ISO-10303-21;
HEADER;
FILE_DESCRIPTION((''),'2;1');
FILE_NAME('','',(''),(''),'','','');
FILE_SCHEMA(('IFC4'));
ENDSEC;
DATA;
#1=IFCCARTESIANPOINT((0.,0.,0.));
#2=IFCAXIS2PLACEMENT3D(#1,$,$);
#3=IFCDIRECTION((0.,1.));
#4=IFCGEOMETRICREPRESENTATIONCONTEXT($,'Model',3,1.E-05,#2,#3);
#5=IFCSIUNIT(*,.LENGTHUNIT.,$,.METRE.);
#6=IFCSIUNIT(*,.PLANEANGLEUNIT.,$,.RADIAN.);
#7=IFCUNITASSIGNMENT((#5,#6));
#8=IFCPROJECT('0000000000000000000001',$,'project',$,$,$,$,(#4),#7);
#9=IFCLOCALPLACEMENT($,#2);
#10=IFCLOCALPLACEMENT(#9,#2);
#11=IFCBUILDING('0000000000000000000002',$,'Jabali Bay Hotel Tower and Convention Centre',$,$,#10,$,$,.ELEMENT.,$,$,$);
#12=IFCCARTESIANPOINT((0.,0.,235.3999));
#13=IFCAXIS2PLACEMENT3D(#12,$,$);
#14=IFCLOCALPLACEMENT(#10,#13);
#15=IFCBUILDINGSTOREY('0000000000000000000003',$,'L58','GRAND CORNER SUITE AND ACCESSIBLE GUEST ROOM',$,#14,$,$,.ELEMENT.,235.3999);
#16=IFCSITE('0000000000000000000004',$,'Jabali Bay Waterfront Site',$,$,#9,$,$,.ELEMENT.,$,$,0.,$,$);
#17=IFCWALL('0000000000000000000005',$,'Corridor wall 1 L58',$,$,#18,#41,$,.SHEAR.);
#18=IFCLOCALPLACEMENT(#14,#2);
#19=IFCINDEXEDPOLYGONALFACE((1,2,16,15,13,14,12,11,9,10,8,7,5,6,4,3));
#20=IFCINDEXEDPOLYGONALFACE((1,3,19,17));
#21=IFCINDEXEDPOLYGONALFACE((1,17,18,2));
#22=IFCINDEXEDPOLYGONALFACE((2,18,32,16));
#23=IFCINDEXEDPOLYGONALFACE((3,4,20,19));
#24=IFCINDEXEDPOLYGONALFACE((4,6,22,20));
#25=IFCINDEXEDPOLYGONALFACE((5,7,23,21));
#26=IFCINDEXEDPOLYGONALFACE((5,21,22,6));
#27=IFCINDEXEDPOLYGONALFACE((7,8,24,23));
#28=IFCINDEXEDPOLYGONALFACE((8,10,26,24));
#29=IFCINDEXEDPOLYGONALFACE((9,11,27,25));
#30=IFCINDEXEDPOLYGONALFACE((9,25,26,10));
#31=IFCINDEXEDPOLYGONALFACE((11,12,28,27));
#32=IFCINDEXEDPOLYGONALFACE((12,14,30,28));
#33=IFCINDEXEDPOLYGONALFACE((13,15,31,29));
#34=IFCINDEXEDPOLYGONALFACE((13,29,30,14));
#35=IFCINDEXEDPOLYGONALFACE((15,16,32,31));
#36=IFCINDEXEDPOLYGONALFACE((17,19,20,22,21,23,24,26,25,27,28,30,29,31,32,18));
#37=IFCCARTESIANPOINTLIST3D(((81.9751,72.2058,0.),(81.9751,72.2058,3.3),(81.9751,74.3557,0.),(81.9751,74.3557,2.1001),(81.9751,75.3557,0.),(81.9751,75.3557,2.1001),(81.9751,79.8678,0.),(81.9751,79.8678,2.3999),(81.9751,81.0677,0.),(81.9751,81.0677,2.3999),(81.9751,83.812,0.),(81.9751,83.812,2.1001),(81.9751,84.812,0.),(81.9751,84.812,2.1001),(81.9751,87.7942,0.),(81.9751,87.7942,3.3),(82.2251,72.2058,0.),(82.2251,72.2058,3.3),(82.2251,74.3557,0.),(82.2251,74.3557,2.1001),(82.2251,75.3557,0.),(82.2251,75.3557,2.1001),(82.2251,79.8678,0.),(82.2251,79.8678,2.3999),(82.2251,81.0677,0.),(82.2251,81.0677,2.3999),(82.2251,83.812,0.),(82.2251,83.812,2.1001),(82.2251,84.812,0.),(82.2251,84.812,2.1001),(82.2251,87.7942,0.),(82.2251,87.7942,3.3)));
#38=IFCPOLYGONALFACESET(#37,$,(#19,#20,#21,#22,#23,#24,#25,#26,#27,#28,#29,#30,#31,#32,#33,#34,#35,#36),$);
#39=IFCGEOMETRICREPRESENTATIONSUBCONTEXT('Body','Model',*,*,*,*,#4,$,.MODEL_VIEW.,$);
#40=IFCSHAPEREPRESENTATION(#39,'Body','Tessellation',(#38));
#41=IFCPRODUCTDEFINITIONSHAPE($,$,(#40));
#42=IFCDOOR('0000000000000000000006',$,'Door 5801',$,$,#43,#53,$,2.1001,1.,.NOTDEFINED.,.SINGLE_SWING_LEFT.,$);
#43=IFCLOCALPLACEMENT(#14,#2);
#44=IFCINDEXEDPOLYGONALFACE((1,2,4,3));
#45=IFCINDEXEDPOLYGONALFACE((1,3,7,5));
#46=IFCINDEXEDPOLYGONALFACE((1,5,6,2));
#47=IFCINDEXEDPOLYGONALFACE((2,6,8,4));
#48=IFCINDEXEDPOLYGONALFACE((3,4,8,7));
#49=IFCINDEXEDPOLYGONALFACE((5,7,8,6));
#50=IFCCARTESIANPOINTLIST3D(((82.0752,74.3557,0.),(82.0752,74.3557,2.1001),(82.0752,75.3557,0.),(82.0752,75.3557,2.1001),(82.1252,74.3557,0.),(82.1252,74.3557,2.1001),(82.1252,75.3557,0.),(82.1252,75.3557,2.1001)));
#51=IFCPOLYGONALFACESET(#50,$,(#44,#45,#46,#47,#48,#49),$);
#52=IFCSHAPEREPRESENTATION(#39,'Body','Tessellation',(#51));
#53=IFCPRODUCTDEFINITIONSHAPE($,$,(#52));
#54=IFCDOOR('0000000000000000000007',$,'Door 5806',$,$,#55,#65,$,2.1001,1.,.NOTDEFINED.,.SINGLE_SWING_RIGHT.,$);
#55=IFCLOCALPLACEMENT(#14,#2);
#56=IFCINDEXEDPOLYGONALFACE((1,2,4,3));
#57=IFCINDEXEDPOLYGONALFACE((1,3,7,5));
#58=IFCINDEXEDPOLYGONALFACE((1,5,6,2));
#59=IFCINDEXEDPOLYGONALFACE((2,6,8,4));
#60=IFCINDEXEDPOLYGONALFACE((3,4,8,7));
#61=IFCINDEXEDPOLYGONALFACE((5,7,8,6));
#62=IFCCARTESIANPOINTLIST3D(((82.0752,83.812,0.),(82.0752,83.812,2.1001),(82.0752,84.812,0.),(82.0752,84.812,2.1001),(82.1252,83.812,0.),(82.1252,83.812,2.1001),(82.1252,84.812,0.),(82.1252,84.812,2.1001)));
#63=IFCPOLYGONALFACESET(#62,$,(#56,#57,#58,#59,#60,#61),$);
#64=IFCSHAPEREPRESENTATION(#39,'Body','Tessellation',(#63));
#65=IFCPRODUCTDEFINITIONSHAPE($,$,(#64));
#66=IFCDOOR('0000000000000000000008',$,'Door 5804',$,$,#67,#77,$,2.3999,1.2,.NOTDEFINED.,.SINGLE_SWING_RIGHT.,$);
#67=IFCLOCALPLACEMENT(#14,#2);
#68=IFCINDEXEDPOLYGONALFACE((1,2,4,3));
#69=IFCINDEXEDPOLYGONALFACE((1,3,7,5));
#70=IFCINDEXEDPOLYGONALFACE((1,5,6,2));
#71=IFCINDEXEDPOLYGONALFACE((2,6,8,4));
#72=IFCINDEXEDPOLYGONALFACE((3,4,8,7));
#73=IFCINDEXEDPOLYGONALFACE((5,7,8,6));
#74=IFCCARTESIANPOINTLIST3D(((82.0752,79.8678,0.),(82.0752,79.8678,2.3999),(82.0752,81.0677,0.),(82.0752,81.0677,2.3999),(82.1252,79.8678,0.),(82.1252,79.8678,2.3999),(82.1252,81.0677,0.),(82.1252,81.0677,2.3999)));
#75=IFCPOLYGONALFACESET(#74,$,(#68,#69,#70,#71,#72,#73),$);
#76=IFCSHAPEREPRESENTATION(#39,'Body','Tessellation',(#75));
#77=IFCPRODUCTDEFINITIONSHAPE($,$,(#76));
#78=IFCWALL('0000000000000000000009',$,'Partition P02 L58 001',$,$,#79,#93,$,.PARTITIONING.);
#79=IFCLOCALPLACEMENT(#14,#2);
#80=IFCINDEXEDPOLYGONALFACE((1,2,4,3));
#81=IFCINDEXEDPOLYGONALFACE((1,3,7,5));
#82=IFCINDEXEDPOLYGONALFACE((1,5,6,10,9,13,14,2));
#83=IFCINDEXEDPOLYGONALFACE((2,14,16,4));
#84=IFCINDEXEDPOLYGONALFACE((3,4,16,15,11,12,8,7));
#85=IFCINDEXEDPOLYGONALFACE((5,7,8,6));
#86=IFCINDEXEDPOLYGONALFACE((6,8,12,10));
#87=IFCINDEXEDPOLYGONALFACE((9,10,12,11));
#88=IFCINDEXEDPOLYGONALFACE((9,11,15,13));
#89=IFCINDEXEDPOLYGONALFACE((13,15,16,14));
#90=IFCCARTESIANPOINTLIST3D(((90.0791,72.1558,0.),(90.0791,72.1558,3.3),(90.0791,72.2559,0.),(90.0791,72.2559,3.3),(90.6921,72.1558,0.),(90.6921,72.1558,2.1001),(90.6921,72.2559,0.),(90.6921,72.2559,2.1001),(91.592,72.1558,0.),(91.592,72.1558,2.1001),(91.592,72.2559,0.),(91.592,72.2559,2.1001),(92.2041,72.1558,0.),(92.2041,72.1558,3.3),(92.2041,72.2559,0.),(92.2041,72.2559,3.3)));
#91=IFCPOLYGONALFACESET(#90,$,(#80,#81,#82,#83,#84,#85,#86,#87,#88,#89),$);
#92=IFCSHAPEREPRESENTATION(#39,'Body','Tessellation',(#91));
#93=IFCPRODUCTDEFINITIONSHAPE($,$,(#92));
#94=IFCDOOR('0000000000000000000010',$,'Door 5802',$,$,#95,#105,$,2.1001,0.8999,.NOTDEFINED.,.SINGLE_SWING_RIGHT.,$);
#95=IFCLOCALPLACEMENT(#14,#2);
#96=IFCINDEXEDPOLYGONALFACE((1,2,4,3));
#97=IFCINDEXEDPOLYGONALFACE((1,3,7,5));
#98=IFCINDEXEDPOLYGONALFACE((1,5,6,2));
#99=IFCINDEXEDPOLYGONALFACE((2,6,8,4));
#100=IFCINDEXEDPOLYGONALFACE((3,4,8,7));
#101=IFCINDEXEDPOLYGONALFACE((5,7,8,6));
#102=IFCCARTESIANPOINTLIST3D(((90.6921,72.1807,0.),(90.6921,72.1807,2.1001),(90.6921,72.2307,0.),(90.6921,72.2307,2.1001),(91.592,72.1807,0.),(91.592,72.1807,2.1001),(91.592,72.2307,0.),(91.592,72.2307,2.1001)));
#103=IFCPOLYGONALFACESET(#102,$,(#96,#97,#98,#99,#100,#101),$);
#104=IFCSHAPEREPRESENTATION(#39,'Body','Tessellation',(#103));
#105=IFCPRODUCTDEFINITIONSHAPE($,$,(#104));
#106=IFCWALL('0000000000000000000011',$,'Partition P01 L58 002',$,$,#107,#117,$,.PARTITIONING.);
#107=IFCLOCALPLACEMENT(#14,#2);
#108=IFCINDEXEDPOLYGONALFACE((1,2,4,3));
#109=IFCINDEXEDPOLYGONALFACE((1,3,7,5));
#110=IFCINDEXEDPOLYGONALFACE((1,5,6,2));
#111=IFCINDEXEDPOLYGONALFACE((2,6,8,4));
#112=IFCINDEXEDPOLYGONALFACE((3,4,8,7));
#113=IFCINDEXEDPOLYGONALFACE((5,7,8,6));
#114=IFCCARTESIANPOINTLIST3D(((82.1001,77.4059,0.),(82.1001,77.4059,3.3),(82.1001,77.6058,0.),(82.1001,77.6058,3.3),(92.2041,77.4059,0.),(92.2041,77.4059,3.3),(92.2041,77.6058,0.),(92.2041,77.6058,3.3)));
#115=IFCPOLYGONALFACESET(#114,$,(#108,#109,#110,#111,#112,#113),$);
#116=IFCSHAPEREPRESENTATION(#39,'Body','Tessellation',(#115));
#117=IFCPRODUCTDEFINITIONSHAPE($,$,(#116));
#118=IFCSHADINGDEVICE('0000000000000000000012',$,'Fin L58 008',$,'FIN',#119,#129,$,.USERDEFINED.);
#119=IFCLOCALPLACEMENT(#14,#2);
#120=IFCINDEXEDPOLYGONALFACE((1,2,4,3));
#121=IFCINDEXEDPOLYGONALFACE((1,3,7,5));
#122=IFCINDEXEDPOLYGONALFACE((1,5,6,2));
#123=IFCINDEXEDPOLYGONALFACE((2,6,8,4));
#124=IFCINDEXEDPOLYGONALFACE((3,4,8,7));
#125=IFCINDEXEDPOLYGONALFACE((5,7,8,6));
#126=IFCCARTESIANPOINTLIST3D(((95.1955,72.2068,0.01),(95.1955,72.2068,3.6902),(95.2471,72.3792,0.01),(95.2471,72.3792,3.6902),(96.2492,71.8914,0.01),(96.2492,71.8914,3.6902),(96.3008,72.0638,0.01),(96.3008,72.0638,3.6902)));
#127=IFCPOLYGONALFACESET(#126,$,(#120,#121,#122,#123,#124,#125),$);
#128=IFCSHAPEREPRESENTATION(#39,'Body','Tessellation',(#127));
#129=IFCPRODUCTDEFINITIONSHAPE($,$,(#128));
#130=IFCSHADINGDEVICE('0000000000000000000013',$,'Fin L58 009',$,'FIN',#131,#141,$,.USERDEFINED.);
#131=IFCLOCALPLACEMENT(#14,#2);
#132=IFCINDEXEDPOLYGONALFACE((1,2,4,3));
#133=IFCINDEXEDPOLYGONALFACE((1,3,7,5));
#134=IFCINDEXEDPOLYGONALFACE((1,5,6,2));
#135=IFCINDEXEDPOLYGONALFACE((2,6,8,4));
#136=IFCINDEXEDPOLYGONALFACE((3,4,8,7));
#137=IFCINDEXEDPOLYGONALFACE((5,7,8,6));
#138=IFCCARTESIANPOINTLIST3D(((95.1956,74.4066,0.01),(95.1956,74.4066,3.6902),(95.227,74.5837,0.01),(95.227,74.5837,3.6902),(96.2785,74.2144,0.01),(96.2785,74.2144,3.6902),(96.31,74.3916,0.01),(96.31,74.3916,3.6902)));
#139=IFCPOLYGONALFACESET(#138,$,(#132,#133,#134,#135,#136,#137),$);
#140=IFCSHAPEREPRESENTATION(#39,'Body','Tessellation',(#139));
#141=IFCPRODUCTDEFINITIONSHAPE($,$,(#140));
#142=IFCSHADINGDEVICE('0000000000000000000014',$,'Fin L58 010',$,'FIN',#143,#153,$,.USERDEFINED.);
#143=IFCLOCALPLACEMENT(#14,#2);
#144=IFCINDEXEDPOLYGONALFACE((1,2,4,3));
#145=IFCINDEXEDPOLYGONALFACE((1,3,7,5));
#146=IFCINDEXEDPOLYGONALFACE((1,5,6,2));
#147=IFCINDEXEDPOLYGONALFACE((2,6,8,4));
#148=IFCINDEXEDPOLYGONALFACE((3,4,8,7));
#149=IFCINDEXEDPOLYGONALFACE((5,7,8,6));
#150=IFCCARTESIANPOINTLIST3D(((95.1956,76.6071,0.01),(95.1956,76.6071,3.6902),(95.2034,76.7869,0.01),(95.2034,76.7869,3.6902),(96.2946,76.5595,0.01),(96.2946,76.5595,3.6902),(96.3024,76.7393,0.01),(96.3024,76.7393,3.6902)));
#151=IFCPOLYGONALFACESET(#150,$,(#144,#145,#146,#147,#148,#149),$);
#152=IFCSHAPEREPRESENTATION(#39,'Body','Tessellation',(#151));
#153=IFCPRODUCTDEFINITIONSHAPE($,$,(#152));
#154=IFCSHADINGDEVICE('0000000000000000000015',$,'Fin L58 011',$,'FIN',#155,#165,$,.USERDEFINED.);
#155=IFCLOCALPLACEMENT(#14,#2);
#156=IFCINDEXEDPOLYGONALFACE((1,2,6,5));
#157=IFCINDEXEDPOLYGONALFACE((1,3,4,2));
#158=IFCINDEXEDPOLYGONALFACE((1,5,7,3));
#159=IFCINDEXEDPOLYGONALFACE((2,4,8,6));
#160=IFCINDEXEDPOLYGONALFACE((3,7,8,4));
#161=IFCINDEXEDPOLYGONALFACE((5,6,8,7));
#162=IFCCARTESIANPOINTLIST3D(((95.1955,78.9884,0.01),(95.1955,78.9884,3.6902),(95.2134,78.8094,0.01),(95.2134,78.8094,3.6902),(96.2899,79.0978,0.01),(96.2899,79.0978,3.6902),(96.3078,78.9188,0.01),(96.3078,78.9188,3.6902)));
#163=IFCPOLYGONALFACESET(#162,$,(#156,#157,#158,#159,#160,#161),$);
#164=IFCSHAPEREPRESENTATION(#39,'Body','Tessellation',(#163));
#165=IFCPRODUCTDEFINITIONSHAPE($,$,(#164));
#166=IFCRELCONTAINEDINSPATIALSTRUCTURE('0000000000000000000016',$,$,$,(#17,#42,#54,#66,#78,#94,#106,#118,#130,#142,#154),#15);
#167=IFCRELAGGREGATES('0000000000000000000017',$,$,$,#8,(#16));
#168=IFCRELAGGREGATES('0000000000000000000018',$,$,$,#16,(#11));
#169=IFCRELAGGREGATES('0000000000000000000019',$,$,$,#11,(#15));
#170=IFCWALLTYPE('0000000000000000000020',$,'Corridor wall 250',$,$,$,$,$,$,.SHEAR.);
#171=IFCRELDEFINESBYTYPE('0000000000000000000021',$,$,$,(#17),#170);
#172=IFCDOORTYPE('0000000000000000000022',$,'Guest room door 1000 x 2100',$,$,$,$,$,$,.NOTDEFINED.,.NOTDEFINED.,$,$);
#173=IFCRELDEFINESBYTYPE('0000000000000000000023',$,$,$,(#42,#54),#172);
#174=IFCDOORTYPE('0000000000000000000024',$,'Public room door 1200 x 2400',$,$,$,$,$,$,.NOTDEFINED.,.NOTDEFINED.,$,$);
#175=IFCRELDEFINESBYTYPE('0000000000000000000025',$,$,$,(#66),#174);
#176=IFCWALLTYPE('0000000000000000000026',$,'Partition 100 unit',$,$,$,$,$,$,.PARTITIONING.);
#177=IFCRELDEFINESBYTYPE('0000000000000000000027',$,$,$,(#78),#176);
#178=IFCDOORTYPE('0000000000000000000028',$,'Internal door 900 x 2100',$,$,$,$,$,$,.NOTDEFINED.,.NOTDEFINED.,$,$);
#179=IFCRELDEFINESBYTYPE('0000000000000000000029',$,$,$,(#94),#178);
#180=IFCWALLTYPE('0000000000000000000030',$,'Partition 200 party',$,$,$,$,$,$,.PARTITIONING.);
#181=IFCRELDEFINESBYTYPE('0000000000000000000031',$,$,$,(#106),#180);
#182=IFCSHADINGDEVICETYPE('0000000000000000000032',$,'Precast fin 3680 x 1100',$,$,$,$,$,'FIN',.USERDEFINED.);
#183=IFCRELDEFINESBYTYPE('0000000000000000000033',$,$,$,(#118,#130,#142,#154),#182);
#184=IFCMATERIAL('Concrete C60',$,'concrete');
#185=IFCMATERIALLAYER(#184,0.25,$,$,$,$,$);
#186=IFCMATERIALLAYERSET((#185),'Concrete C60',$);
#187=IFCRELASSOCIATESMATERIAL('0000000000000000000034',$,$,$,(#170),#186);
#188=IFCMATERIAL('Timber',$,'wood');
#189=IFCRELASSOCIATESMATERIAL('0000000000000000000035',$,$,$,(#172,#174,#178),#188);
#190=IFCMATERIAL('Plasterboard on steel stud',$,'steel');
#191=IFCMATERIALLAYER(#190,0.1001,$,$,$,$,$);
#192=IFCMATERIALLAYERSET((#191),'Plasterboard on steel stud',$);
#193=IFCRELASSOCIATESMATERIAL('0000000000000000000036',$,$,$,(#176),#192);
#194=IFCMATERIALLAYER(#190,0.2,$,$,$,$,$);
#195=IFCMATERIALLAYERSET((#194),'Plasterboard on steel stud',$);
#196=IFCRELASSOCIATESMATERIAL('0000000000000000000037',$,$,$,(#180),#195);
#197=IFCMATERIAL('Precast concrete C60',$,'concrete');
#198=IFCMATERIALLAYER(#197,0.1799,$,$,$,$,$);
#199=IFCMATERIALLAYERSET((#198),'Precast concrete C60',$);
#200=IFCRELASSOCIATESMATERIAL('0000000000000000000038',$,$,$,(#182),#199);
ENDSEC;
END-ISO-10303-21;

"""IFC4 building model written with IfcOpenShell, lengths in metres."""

from ifc_helpers import new_model, si_unit, direction, frame, frame_2d, origin, place, context, subcontext, project, spatial, rectangle, extrude, material, layer, layer_set, type_object, element, fill, save


model = new_model("IFC4")

# Units and contexts
model_context = context("Model", 3, precision=1e-05, world=origin(), true_north=direction((0.0, 1.0)))
body_context = subcontext(model_context, "Body", "Model", "MODEL_VIEW")
ifc_project = project(units=[si_unit("LENGTHUNIT", "METRE"), si_unit("PLANEANGLEUNIT", "RADIAN")], contexts=[model_context])

# Site, building, storey
site_placement = place(None, origin())
site = spatial("IfcSite", under=ifc_project, at=site_placement, Name="Jabali Bay Waterfront Site", CompositionType="ELEMENT", RefElevation=0.0)
building_placement = place(site_placement, origin())
building = spatial("IfcBuilding", under=site, at=building_placement, Name="Jabali Bay Hotel Tower and Convention Centre", CompositionType="ELEMENT")
storey_placement = place(building_placement, frame((0.0, 0.0, 235.3999)))
storey = spatial("IfcBuildingStorey", under=building, at=storey_placement, Name="L58", Description="GRAND CORNER SUITE AND ACCESSIBLE GUEST ROOM", CompositionType="ELEMENT", Elevation=235.3999)

# Shared definitions
ifc_material_1 = material(Name="Concrete C60", Category="concrete")

# Wall, openings, doors
ifc_layer_1 = layer(ifc_material_1, 0.25)
ifc_layer_set_1 = layer_set([ifc_layer_1], Name="Concrete C60")
wall_type_1 = type_object("IfcWallType", Name="Corridor wall 250", PredefinedType="SHEAR", material=ifc_layer_set_1)
wall_1_placement = place(storey_placement, frame((82.1001, 72.2058, 0.0), z_axis=(0.0, 0.0, 1.0), x_axis=(0.0, 1.0, 0.0)))
wall_1 = element("IfcWall", 1, at=wall_1_placement, inside=storey, type_object=wall_type_1, Name="Corridor wall 1 L58", PredefinedType="SHEAR", context=body_context, shape_type="SweptSolid", body=[
    extrude(rectangle(XDim=15.5884, YDim=0.25, at=frame_2d((7.7942, 0.0))), origin(), (0.0, 0.0, 1.0), 3.3),
])
opening_1_placement = place(wall_1_placement, frame((2.1499, 0.0, 0.0)))
opening_1 = element("IfcOpeningElement", 2, at=opening_1_placement, cuts=wall_1, PredefinedType="OPENING", context=body_context, shape_type="SweptSolid", body=[
    extrude(rectangle(XDim=1.0, YDim=2.1001, at=frame_2d((0.5, 1.05))), frame((0.0, 0.1355, 0.0), z_axis=(0.0, -1.0, 0.0), x_axis=(1.0, 0.0, 0.0)), (0.0, 0.0, 1.0), 0.271),
])
opening_2_placement = place(wall_1_placement, frame((7.6619, 0.0, 0.0)))
opening_2 = element("IfcOpeningElement", 3, at=opening_2_placement, cuts=wall_1, PredefinedType="OPENING", context=body_context, shape_type="SweptSolid", body=[
    extrude(rectangle(XDim=1.2, YDim=2.3999, at=frame_2d((0.6001, 1.2))), frame((0.0, 0.1355, 0.0), z_axis=(0.0, -1.0, 0.0), x_axis=(1.0, 0.0, 0.0)), (0.0, 0.0, 1.0), 0.271),
])
opening_3_placement = place(wall_1_placement, frame((11.6062, 0.0, 0.0)))
opening_3 = element("IfcOpeningElement", 4, at=opening_3_placement, cuts=wall_1, PredefinedType="OPENING", context=body_context, shape_type="SweptSolid", body=[
    extrude(rectangle(XDim=1.0, YDim=2.1001, at=frame_2d((0.5, 1.05))), frame((0.0, 0.1355, 0.0), z_axis=(0.0, -1.0, 0.0), x_axis=(1.0, 0.0, 0.0)), (0.0, 0.0, 1.0), 0.271),
])
ifc_material_2 = material(Name="Timber", Category="wood")
door_type_1 = type_object("IfcDoorType", Name="Guest room door 1000 x 2100", OperationType="NOTDEFINED", PredefinedType="NOTDEFINED", material=ifc_material_2)
door_1_placement = place(opening_1_placement, origin())
door_1 = element("IfcDoor", 5, at=door_1_placement, inside=storey, type_object=door_type_1, Name="Door 5801", OperationType="SINGLE_SWING_LEFT", OverallHeight=2.1001, OverallWidth=1.0, PredefinedType="NOTDEFINED", context=body_context, shape_type="SweptSolid", body=[
    extrude(rectangle(XDim=1.0, YDim=2.1001, at=frame_2d((0.5, 1.05))), frame((0.0, 0.0249, 0.0), z_axis=(0.0, -1.0, 0.0), x_axis=(1.0, 0.0, 0.0)), (0.0, 0.0, 1.0), 0.05),
])
fill(opening_1, door_1)
door_2_placement = place(opening_3_placement, origin())
door_2 = element("IfcDoor", 6, at=door_2_placement, inside=storey, type_object=door_type_1, Name="Door 5806", OperationType="SINGLE_SWING_RIGHT", OverallHeight=2.1001, OverallWidth=1.0, PredefinedType="NOTDEFINED", context=body_context, shape_type="SweptSolid", body=[
    extrude(rectangle(XDim=1.0, YDim=2.1001, at=frame_2d((0.5, 1.05))), frame((0.0, 0.0249, 0.0), z_axis=(0.0, -1.0, 0.0), x_axis=(1.0, 0.0, 0.0)), (0.0, 0.0, 1.0), 0.05),
])
fill(opening_3, door_2)
door_type_2 = type_object("IfcDoorType", Name="Public room door 1200 x 2400", OperationType="NOTDEFINED", PredefinedType="NOTDEFINED", material=ifc_material_2)
door_3_placement = place(opening_2_placement, origin())
door_3 = element("IfcDoor", 7, at=door_3_placement, inside=storey, type_object=door_type_2, Name="Door 5804", OperationType="SINGLE_SWING_RIGHT", OverallHeight=2.3999, OverallWidth=1.2, PredefinedType="NOTDEFINED", context=body_context, shape_type="SweptSolid", body=[
    extrude(rectangle(XDim=1.2, YDim=2.3999, at=frame_2d((0.6001, 1.2))), frame((0.0, 0.0249, 0.0), z_axis=(0.0, -1.0, 0.0), x_axis=(1.0, 0.0, 0.0)), (0.0, 0.0, 1.0), 0.05),
])
fill(opening_2, door_3)

# Wall, opening, door
ifc_material_3 = material(Name="Plasterboard on steel stud", Category="steel")
ifc_layer_2 = layer(ifc_material_3, 0.1001)
ifc_layer_set_2 = layer_set([ifc_layer_2], Name="Plasterboard on steel stud")
wall_type_2 = type_object("IfcWallType", Name="Partition 100 unit", PredefinedType="PARTITIONING", material=ifc_layer_set_2)
wall_2_placement = place(storey_placement, frame((90.0791, 72.2058, 0.0), z_axis=(0.0, 0.0, 1.0), x_axis=(1.0, 0.0, 0.0)))
wall_2 = element("IfcWall", 8, at=wall_2_placement, inside=storey, type_object=wall_type_2, Name="Partition P02 L58 001", PredefinedType="PARTITIONING", context=body_context, shape_type="SweptSolid", body=[
    extrude(rectangle(XDim=2.125, YDim=0.1001, at=frame_2d((1.0625, 0.0))), origin(), (0.0, 0.0, 1.0), 3.3),
])
opening_4_placement = place(wall_2_placement, frame((0.613, 0.0, 0.0)))
opening_4 = element("IfcOpeningElement", 9, at=opening_4_placement, cuts=wall_2, PredefinedType="OPENING", context=body_context, shape_type="SweptSolid", body=[
    extrude(rectangle(XDim=0.8999, YDim=2.1001, at=frame_2d((0.45, 1.05))), frame((0.0, 0.0605, 0.0), z_axis=(0.0, -1.0, 0.0), x_axis=(1.0, 0.0, 0.0)), (0.0, 0.0, 1.0), 0.1211),
])
door_type_3 = type_object("IfcDoorType", Name="Internal door 900 x 2100", OperationType="NOTDEFINED", PredefinedType="NOTDEFINED", material=ifc_material_2)
door_4_placement = place(opening_4_placement, origin())
door_4 = element("IfcDoor", 10, at=door_4_placement, inside=storey, type_object=door_type_3, Name="Door 5802", OperationType="SINGLE_SWING_RIGHT", OverallHeight=2.1001, OverallWidth=0.8999, PredefinedType="NOTDEFINED", context=body_context, shape_type="SweptSolid", body=[
    extrude(rectangle(XDim=0.8999, YDim=2.1001, at=frame_2d((0.45, 1.05))), frame((0.0, 0.0249, 0.0), z_axis=(0.0, -1.0, 0.0), x_axis=(1.0, 0.0, 0.0)), (0.0, 0.0, 1.0), 0.05),
])
fill(opening_4, door_4)

# Wall
ifc_layer_3 = layer(ifc_material_3, 0.2)
ifc_layer_set_3 = layer_set([ifc_layer_3], Name="Plasterboard on steel stud")
wall_type_3 = type_object("IfcWallType", Name="Partition 200 party", PredefinedType="PARTITIONING", material=ifc_layer_set_3)
wall_3_placement = place(storey_placement, frame((92.2041, 77.5059, 0.0), z_axis=(0.0, 0.0, 1.0), x_axis=(-1.0, 0.0, 0.0)))
element("IfcWall", 11, at=wall_3_placement, inside=storey, type_object=wall_type_3, Name="Partition P01 L58 002", PredefinedType="PARTITIONING", context=body_context, shape_type="SweptSolid", body=[
    extrude(rectangle(XDim=10.104, YDim=0.2, at=frame_2d((5.052, 0.0))), origin(), (0.0, 0.0, 1.0), 3.3),
])

# Shading devices
ifc_material_4 = material(Name="Precast concrete C60", Category="concrete")
ifc_layer_4 = layer(ifc_material_4, 0.1799)
ifc_layer_set_4 = layer_set([ifc_layer_4], Name="Precast concrete C60")
shading_device_type_1 = type_object("IfcShadingDeviceType", Name="Precast fin 3680 x 1100", ElementType="FIN", PredefinedType="USERDEFINED", material=ifc_layer_set_4)
for number, where, z_axis, x_axis, name in (
    (12, (95.2214, 72.293, 0.01), (0.0, 0.0, 1.0), (0.957997, -0.286778, 0.0), "Fin L58 008"),
    (13, (95.2114, 74.4951, 0.01), (0.0, 0.0, 1.0), (0.984624, -0.174684, 0.0), "Fin L58 009"),
):
    element("IfcShadingDevice", number, at=place(storey_placement, frame(where, z_axis=z_axis, x_axis=x_axis)), inside=storey, type_object=shading_device_type_1, Name=name, ObjectType="FIN", PredefinedType="USERDEFINED", context=body_context, shape_type="SweptSolid", body=[
        extrude(rectangle(XDim=1.0999, YDim=0.1799, at=frame_2d((0.5498, 0.0))), origin(), (0.0, 0.0, 1.0), 3.6802),
    ])
shading_device_1_placement = place(storey_placement, frame((95.1995, 76.697, 0.01), z_axis=(0.0, 0.0, 1.0), x_axis=(0.999063, -0.043274, 0.0)))
element("IfcShadingDevice", 14, at=shading_device_1_placement, inside=storey, type_object=shading_device_type_1, Name="Fin L58 010", ObjectType="FIN", PredefinedType="USERDEFINED", context=body_context, shape_type="SweptSolid", body=[
    extrude(rectangle(XDim=1.1001, YDim=0.1799, at=frame_2d((0.55, 0.0))), origin(), (0.0, 0.0, 1.0), 3.6802),
])
shading_device_2_placement = place(storey_placement, frame((95.2046, 78.8989, 0.01), z_axis=(0.0, 0.0, 1.0), x_axis=(0.995044, 0.099438, 0.0)))
element("IfcShadingDevice", 15, at=shading_device_2_placement, inside=storey, type_object=shading_device_type_1, Name="Fin L58 011", ObjectType="FIN", PredefinedType="USERDEFINED", context=body_context, shape_type="SweptSolid", body=[
    extrude(rectangle(XDim=1.0999, YDim=0.1799, at=frame_2d((0.5498, 0.0))), origin(), (0.0, 0.0, 1.0), 3.6802),
])

save(model, "model.ifc")
